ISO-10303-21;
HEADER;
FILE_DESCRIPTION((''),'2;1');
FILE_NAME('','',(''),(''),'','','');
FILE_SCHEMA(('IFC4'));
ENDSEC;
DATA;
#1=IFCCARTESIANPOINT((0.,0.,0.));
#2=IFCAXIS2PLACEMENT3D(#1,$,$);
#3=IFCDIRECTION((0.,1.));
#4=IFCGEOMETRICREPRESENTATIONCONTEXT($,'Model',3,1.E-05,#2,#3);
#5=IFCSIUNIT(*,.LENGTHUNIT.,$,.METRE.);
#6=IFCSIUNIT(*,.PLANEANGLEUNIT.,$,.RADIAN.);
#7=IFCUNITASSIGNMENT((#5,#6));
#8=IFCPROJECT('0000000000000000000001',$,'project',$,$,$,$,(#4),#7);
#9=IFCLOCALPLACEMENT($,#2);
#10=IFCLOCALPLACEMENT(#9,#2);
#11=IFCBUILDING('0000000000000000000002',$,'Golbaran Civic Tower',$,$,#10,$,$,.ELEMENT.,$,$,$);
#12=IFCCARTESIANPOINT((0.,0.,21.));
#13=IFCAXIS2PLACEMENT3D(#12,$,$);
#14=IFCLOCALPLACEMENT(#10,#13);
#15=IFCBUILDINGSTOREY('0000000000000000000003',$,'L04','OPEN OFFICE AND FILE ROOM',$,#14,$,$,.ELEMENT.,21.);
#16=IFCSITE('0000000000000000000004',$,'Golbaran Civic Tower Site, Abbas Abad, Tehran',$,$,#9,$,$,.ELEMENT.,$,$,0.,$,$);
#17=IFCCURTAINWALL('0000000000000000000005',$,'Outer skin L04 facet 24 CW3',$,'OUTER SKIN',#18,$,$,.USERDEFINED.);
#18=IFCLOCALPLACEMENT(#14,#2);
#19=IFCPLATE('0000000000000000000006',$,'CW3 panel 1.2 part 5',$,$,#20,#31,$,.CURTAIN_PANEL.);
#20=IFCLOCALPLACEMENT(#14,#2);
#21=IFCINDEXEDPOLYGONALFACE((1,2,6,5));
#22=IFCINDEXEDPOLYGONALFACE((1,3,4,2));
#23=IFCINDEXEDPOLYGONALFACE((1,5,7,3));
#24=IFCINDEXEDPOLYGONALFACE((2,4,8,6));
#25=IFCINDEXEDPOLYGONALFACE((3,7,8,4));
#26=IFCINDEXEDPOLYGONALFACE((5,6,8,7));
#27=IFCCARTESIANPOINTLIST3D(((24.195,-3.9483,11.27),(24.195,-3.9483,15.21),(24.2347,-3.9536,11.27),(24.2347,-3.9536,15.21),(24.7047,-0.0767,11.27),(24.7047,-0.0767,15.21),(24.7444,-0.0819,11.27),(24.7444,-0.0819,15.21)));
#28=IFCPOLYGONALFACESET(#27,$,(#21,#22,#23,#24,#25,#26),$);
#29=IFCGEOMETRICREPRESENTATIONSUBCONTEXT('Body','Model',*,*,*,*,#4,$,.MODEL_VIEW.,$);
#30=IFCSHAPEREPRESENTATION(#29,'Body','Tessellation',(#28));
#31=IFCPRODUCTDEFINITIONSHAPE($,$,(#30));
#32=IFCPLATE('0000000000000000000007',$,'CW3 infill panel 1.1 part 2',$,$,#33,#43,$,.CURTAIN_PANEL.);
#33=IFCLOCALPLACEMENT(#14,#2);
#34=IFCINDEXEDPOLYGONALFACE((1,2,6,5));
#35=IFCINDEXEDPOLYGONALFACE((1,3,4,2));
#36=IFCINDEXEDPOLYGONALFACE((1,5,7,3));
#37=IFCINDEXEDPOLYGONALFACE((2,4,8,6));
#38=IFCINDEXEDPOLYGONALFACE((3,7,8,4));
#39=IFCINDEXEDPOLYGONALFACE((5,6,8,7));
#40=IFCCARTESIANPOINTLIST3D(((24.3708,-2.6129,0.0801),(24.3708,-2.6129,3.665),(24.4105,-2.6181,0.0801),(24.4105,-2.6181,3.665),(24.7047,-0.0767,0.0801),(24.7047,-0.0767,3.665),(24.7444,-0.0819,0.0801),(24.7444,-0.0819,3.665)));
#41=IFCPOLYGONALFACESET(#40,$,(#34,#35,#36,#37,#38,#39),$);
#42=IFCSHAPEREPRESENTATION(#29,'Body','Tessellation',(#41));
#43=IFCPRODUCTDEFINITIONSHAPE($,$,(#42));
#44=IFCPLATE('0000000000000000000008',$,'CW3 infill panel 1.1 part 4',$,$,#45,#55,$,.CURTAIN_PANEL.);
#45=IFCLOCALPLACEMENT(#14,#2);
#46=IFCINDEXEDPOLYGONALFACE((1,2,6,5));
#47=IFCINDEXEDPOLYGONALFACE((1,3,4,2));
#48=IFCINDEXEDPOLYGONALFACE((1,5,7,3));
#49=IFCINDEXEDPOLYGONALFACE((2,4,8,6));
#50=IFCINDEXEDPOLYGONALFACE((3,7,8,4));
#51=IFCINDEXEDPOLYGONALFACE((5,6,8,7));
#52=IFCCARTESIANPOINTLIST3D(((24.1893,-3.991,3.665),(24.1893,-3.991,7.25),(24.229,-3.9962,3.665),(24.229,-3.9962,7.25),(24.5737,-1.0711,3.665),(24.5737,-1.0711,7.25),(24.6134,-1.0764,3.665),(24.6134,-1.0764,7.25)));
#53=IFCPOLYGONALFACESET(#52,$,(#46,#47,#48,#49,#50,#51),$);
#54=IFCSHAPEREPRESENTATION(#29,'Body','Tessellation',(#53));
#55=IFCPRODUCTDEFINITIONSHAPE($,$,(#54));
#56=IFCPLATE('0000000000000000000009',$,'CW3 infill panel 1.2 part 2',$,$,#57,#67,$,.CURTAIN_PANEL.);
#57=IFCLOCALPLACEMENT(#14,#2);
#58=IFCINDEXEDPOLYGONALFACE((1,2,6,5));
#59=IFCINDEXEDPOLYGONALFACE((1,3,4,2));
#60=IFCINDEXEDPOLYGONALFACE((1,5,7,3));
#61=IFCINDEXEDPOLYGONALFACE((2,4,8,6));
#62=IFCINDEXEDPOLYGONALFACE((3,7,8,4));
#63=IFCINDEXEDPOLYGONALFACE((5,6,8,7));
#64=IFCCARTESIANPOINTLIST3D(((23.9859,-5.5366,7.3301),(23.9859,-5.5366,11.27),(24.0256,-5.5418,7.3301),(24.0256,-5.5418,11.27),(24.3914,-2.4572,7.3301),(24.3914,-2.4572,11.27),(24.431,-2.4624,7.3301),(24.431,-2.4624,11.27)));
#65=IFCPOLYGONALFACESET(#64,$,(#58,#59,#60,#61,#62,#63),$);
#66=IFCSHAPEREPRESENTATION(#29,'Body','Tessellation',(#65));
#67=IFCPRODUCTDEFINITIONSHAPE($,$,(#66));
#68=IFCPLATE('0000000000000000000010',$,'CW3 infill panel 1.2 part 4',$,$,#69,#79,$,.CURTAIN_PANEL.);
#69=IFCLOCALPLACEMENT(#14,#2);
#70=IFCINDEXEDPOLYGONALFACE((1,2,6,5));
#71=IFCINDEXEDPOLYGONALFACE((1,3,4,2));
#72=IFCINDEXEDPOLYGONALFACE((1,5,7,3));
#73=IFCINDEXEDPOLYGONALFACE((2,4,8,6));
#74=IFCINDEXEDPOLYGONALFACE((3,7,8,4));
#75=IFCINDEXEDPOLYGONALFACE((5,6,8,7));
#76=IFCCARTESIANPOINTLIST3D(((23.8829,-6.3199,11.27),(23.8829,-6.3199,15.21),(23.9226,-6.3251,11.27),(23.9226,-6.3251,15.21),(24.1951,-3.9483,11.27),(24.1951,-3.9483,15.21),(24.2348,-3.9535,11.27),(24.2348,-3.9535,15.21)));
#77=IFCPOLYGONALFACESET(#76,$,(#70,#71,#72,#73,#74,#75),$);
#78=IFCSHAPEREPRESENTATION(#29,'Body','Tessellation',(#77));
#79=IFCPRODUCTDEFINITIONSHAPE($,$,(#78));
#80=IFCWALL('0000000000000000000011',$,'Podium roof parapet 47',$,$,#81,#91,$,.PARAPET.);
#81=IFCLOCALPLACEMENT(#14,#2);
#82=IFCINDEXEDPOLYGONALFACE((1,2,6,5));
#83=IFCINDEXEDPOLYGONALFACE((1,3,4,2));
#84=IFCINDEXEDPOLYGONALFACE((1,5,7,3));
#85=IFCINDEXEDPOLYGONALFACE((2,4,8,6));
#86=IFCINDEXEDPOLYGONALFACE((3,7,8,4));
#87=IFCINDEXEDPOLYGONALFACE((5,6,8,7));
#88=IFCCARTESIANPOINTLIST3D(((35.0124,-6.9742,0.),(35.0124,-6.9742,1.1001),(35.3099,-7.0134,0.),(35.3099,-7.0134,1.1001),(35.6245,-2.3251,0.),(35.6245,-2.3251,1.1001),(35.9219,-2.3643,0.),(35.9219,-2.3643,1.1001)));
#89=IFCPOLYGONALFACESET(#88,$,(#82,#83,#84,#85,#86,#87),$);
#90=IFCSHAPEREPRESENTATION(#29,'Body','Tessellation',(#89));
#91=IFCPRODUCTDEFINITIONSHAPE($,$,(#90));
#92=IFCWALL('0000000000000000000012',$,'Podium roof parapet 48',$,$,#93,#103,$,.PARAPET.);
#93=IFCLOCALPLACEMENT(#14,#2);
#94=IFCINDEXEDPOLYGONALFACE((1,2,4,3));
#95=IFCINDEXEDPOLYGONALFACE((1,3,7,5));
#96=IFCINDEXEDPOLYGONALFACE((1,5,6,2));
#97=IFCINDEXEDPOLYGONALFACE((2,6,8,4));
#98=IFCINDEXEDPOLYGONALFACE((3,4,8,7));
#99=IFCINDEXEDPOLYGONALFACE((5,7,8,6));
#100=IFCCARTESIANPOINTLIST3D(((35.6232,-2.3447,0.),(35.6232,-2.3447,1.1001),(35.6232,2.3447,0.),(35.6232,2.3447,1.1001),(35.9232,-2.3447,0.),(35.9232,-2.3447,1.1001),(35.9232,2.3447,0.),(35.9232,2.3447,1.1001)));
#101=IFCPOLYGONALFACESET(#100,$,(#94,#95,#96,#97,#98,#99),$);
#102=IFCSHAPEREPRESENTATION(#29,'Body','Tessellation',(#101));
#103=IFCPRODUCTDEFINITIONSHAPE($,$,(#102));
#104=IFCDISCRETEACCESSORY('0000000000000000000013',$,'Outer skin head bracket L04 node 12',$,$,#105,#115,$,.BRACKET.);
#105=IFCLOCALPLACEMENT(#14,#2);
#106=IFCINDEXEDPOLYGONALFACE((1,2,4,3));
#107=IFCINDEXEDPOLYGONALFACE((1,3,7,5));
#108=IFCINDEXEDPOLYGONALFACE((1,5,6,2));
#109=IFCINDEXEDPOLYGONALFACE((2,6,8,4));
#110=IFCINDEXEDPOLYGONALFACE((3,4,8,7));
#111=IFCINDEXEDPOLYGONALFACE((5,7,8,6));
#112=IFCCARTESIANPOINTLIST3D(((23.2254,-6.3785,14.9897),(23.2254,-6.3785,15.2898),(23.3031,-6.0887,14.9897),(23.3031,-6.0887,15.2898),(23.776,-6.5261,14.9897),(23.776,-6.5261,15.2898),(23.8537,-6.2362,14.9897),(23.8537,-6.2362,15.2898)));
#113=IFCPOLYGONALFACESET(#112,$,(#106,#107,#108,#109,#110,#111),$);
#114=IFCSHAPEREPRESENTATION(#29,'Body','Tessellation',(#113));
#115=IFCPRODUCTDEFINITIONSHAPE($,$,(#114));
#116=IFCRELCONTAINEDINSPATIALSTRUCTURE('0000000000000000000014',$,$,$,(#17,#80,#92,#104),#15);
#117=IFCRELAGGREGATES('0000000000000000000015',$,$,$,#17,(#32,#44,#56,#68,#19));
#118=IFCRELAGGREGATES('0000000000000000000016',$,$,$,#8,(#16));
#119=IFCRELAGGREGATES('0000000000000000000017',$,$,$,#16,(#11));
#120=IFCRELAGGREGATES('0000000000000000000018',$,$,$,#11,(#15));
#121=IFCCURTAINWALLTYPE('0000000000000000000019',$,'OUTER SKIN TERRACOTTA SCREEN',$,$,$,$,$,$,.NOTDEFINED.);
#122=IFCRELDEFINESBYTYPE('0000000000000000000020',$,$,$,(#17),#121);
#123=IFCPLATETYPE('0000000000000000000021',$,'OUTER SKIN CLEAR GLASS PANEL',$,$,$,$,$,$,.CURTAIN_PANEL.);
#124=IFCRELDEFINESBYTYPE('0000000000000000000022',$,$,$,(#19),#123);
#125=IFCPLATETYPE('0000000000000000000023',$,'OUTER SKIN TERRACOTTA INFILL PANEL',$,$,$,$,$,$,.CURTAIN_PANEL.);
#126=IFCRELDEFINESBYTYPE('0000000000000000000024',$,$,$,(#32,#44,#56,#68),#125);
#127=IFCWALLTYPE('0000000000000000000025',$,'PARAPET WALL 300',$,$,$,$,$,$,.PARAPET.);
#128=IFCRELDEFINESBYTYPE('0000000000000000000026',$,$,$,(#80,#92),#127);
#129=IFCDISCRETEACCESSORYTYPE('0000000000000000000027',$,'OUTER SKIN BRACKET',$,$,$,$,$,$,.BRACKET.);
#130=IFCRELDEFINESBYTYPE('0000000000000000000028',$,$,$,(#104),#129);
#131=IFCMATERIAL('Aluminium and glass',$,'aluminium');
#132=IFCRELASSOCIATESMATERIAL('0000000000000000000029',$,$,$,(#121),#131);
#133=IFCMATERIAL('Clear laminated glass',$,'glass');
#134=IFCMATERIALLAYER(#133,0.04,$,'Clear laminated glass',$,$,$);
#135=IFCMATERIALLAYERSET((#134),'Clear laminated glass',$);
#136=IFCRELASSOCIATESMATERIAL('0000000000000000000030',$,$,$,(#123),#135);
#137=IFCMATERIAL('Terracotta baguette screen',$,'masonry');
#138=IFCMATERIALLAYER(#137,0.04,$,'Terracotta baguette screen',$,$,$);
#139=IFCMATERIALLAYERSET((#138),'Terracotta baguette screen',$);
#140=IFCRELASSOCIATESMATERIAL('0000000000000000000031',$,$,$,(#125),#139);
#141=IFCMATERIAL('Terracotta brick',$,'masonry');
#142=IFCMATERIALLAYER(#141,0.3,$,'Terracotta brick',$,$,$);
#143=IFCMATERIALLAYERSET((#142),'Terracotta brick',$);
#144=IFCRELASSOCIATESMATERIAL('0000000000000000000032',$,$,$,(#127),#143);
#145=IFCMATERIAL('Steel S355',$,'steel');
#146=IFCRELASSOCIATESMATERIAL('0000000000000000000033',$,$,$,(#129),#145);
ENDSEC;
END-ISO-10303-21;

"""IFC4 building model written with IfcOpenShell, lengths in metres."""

from ifc_helpers import new_model, si_unit, direction, frame, frame_2d, origin, origin_2d, place, context, subcontext, project, spatial, rectangle, extrude, material, layer, layer_set, type_object, element, aggregate, save


model = new_model("IFC4")

# Units and contexts
model_context = context("Model", 3, precision=1e-05, world=origin(), true_north=direction((0.0, 1.0)))
body_context = subcontext(model_context, "Body", "Model", "MODEL_VIEW")
ifc_project = project(units=[si_unit("LENGTHUNIT", "METRE"), si_unit("PLANEANGLEUNIT", "RADIAN")], contexts=[model_context])

# Site, building, storey
site_placement = place(None, origin())
site = spatial("IfcSite", under=ifc_project, at=site_placement, Name="Golbaran Civic Tower Site, Abbas Abad, Tehran", CompositionType="ELEMENT", RefElevation=0.0)
building_placement = place(site_placement, origin())
building = spatial("IfcBuilding", under=site, at=building_placement, Name="Golbaran Civic Tower", CompositionType="ELEMENT")
storey_placement = place(building_placement, frame((0.0, 0.0, 21.0)))
storey = spatial("IfcBuildingStorey", under=building, at=storey_placement, Name="L04", Description="OPEN OFFICE AND FILE ROOM", CompositionType="ELEMENT", Elevation=21.0)

# Shared definitions
ifc_material_1 = material(Name="Aluminium and glass", Category="aluminium")

# Shared definitions
curtain_wall_type_1 = type_object("IfcCurtainWallType", Name="OUTER SKIN TERRACOTTA SCREEN", PredefinedType="NOTDEFINED", material=ifc_material_1)

# Curtain wall
curtain_wall_1_placement = place(storey_placement, origin())
curtain_wall_1 = element("IfcCurtainWall", 1, at=curtain_wall_1_placement, inside=storey, type_object=curtain_wall_type_1, Name="Outer skin L04 facet 24 CW3", ObjectType="OUTER SKIN", PredefinedType="USERDEFINED")

# Plates
ifc_material_2 = material(Name="Clear laminated glass", Category="glass")
ifc_layer_1 = layer(ifc_material_2, 0.04, Name="Clear laminated glass")
ifc_layer_set_1 = layer_set([ifc_layer_1], Name="Clear laminated glass")
plate_type_1 = type_object("IfcPlateType", Name="OUTER SKIN CLEAR GLASS PANEL", PredefinedType="CURTAIN_PANEL", material=ifc_layer_set_1)
plate_1_placement = place(storey_placement, frame((24.4697, -2.0151, 11.27), z_axis=(0.0, 0.0, 1.0), x_axis=(0.130526, 0.991445, 0.0)))
plate_1 = element("IfcPlate", 2, at=plate_1_placement, type_object=plate_type_1, Name="CW3 panel 1.2 part 5", PredefinedType="CURTAIN_PANEL", context=body_context, shape_type="SweptSolid", body=[
    extrude(rectangle(XDim=3.905, YDim=0.04, at=origin_2d()), origin(), (0.0, 0.0, 1.0), 3.9399),
])
ifc_material_3 = material(Name="Terracotta baguette screen", Category="masonry")
ifc_layer_2 = layer(ifc_material_3, 0.04, Name="Terracotta baguette screen")
ifc_layer_set_2 = layer_set([ifc_layer_2], Name="Terracotta baguette screen")
plate_type_2 = type_object("IfcPlateType", Name="OUTER SKIN TERRACOTTA INFILL PANEL", PredefinedType="CURTAIN_PANEL", material=ifc_layer_set_2)
plate_2_placement = place(storey_placement, frame((24.5576, -1.3474, 0.0801), z_axis=(0.0, 0.0, 1.0), x_axis=(0.130526, 0.991445, 0.0)))
plate_2 = element("IfcPlate", 3, at=plate_2_placement, type_object=plate_type_2, Name="CW3 infill panel 1.1 part 2", PredefinedType="CURTAIN_PANEL", context=body_context, shape_type="SweptSolid", body=[
    extrude(rectangle(XDim=2.5581, YDim=0.04, at=origin_2d()), origin(), (0.0, 0.0, 1.0), 3.585),
])
plate_3_placement = place(storey_placement, frame((24.4014, -2.5337, 3.665), z_axis=(0.0, 0.0, 1.0), x_axis=(0.130526, 0.991445, 0.0)))
plate_3 = element("IfcPlate", 4, at=plate_3_placement, type_object=plate_type_2, Name="CW3 infill panel 1.1 part 4", PredefinedType="CURTAIN_PANEL", context=body_context, shape_type="SweptSolid", body=[
    extrude(rectangle(XDim=2.9451, YDim=0.04, at=origin_2d()), origin(), (0.0, 0.0, 1.0), 3.585),
])
plate_4_placement = place(storey_placement, frame((24.2085, -3.9995, 7.3301), z_axis=(0.0, 0.0, 1.0), x_axis=(0.130526, 0.991445, 0.0)))
plate_4 = element("IfcPlate", 5, at=plate_4_placement, type_object=plate_type_2, Name="CW3 infill panel 1.2 part 2", PredefinedType="CURTAIN_PANEL", context=body_context, shape_type="SweptSolid", body=[
    extrude(rectangle(XDim=3.106, YDim=0.04, at=origin_2d()), origin(), (0.0, 0.0, 1.0), 3.9399),
])
plate_5_placement = place(storey_placement, frame((24.0588, -5.1367, 11.27), z_axis=(0.0, 0.0, 1.0), x_axis=(0.130526, 0.991445, 0.0)))
plate_5 = element("IfcPlate", 6, at=plate_5_placement, type_object=plate_type_2, Name="CW3 infill panel 1.2 part 4", PredefinedType="CURTAIN_PANEL", context=body_context, shape_type="SweptSolid", body=[
    extrude(rectangle(XDim=2.3921, YDim=0.04, at=origin_2d()), origin(), (0.0, 0.0, 1.0), 3.9399),
])
aggregate(curtain_wall_1, [plate_2, plate_3, plate_4, plate_5, plate_1])

# Walls
ifc_material_4 = material(Name="Terracotta brick", Category="masonry")
ifc_layer_3 = layer(ifc_material_4, 0.3, Name="Terracotta brick")
ifc_layer_set_3 = layer_set([ifc_layer_3], Name="Terracotta brick")
wall_type = type_object("IfcWallType", Name="PARAPET WALL 300", PredefinedType="PARAPET", material=ifc_layer_set_3)
wall_1_placement = place(storey_placement, frame((35.1611, -6.9939, 0.0), z_axis=(0.0, 0.0, 1.0), x_axis=(0.130523, 0.991445, 0.0)))
element("IfcWall", 7, at=wall_1_placement, inside=storey, type_object=wall_type, Name="Podium roof parapet 47", PredefinedType="PARAPET", context=body_context, shape_type="SweptSolid", body=[
    extrude(rectangle(XDim=4.6892, YDim=0.3, at=frame_2d((2.3447, 0.0))), origin(), (0.0, 0.0, 1.0), 1.1001),
])
wall_2_placement = place(storey_placement, frame((35.7732, -2.3447, 0.0), z_axis=(0.0, 0.0, 1.0), x_axis=(0.0, 1.0, 0.0)))
element("IfcWall", 8, at=wall_2_placement, inside=storey, type_object=wall_type, Name="Podium roof parapet 48", PredefinedType="PARAPET", context=body_context, shape_type="SweptSolid", body=[
    extrude(rectangle(XDim=4.6895, YDim=0.3, at=frame_2d((2.3447, 0.0))), origin(), (0.0, 0.0, 1.0), 1.1001),
])

# Discrete accessory
ifc_material_5 = material(Name="Steel S355", Category="steel")
discrete_accessory_type = type_object("IfcDiscreteAccessoryType", Name="OUTER SKIN BRACKET", PredefinedType="BRACKET", material=ifc_material_5)
discrete_accessory_placement = place(storey_placement, frame((23.5396, -6.3074, 14.9897), z_axis=(0.0, 0.0, 1.0), x_axis=(0.965926, -0.258819, 0.0)))
element("IfcDiscreteAccessory", 9, at=discrete_accessory_placement, inside=storey, type_object=discrete_accessory_type, Name="Outer skin head bracket L04 node 12", PredefinedType="BRACKET", context=body_context, shape_type="SweptSolid", body=[
    extrude(rectangle(XDim=0.5701, YDim=0.3, at=origin_2d()), origin(), (0.0, 0.0, 1.0), 0.3),
])

save(model, "model.ifc")
